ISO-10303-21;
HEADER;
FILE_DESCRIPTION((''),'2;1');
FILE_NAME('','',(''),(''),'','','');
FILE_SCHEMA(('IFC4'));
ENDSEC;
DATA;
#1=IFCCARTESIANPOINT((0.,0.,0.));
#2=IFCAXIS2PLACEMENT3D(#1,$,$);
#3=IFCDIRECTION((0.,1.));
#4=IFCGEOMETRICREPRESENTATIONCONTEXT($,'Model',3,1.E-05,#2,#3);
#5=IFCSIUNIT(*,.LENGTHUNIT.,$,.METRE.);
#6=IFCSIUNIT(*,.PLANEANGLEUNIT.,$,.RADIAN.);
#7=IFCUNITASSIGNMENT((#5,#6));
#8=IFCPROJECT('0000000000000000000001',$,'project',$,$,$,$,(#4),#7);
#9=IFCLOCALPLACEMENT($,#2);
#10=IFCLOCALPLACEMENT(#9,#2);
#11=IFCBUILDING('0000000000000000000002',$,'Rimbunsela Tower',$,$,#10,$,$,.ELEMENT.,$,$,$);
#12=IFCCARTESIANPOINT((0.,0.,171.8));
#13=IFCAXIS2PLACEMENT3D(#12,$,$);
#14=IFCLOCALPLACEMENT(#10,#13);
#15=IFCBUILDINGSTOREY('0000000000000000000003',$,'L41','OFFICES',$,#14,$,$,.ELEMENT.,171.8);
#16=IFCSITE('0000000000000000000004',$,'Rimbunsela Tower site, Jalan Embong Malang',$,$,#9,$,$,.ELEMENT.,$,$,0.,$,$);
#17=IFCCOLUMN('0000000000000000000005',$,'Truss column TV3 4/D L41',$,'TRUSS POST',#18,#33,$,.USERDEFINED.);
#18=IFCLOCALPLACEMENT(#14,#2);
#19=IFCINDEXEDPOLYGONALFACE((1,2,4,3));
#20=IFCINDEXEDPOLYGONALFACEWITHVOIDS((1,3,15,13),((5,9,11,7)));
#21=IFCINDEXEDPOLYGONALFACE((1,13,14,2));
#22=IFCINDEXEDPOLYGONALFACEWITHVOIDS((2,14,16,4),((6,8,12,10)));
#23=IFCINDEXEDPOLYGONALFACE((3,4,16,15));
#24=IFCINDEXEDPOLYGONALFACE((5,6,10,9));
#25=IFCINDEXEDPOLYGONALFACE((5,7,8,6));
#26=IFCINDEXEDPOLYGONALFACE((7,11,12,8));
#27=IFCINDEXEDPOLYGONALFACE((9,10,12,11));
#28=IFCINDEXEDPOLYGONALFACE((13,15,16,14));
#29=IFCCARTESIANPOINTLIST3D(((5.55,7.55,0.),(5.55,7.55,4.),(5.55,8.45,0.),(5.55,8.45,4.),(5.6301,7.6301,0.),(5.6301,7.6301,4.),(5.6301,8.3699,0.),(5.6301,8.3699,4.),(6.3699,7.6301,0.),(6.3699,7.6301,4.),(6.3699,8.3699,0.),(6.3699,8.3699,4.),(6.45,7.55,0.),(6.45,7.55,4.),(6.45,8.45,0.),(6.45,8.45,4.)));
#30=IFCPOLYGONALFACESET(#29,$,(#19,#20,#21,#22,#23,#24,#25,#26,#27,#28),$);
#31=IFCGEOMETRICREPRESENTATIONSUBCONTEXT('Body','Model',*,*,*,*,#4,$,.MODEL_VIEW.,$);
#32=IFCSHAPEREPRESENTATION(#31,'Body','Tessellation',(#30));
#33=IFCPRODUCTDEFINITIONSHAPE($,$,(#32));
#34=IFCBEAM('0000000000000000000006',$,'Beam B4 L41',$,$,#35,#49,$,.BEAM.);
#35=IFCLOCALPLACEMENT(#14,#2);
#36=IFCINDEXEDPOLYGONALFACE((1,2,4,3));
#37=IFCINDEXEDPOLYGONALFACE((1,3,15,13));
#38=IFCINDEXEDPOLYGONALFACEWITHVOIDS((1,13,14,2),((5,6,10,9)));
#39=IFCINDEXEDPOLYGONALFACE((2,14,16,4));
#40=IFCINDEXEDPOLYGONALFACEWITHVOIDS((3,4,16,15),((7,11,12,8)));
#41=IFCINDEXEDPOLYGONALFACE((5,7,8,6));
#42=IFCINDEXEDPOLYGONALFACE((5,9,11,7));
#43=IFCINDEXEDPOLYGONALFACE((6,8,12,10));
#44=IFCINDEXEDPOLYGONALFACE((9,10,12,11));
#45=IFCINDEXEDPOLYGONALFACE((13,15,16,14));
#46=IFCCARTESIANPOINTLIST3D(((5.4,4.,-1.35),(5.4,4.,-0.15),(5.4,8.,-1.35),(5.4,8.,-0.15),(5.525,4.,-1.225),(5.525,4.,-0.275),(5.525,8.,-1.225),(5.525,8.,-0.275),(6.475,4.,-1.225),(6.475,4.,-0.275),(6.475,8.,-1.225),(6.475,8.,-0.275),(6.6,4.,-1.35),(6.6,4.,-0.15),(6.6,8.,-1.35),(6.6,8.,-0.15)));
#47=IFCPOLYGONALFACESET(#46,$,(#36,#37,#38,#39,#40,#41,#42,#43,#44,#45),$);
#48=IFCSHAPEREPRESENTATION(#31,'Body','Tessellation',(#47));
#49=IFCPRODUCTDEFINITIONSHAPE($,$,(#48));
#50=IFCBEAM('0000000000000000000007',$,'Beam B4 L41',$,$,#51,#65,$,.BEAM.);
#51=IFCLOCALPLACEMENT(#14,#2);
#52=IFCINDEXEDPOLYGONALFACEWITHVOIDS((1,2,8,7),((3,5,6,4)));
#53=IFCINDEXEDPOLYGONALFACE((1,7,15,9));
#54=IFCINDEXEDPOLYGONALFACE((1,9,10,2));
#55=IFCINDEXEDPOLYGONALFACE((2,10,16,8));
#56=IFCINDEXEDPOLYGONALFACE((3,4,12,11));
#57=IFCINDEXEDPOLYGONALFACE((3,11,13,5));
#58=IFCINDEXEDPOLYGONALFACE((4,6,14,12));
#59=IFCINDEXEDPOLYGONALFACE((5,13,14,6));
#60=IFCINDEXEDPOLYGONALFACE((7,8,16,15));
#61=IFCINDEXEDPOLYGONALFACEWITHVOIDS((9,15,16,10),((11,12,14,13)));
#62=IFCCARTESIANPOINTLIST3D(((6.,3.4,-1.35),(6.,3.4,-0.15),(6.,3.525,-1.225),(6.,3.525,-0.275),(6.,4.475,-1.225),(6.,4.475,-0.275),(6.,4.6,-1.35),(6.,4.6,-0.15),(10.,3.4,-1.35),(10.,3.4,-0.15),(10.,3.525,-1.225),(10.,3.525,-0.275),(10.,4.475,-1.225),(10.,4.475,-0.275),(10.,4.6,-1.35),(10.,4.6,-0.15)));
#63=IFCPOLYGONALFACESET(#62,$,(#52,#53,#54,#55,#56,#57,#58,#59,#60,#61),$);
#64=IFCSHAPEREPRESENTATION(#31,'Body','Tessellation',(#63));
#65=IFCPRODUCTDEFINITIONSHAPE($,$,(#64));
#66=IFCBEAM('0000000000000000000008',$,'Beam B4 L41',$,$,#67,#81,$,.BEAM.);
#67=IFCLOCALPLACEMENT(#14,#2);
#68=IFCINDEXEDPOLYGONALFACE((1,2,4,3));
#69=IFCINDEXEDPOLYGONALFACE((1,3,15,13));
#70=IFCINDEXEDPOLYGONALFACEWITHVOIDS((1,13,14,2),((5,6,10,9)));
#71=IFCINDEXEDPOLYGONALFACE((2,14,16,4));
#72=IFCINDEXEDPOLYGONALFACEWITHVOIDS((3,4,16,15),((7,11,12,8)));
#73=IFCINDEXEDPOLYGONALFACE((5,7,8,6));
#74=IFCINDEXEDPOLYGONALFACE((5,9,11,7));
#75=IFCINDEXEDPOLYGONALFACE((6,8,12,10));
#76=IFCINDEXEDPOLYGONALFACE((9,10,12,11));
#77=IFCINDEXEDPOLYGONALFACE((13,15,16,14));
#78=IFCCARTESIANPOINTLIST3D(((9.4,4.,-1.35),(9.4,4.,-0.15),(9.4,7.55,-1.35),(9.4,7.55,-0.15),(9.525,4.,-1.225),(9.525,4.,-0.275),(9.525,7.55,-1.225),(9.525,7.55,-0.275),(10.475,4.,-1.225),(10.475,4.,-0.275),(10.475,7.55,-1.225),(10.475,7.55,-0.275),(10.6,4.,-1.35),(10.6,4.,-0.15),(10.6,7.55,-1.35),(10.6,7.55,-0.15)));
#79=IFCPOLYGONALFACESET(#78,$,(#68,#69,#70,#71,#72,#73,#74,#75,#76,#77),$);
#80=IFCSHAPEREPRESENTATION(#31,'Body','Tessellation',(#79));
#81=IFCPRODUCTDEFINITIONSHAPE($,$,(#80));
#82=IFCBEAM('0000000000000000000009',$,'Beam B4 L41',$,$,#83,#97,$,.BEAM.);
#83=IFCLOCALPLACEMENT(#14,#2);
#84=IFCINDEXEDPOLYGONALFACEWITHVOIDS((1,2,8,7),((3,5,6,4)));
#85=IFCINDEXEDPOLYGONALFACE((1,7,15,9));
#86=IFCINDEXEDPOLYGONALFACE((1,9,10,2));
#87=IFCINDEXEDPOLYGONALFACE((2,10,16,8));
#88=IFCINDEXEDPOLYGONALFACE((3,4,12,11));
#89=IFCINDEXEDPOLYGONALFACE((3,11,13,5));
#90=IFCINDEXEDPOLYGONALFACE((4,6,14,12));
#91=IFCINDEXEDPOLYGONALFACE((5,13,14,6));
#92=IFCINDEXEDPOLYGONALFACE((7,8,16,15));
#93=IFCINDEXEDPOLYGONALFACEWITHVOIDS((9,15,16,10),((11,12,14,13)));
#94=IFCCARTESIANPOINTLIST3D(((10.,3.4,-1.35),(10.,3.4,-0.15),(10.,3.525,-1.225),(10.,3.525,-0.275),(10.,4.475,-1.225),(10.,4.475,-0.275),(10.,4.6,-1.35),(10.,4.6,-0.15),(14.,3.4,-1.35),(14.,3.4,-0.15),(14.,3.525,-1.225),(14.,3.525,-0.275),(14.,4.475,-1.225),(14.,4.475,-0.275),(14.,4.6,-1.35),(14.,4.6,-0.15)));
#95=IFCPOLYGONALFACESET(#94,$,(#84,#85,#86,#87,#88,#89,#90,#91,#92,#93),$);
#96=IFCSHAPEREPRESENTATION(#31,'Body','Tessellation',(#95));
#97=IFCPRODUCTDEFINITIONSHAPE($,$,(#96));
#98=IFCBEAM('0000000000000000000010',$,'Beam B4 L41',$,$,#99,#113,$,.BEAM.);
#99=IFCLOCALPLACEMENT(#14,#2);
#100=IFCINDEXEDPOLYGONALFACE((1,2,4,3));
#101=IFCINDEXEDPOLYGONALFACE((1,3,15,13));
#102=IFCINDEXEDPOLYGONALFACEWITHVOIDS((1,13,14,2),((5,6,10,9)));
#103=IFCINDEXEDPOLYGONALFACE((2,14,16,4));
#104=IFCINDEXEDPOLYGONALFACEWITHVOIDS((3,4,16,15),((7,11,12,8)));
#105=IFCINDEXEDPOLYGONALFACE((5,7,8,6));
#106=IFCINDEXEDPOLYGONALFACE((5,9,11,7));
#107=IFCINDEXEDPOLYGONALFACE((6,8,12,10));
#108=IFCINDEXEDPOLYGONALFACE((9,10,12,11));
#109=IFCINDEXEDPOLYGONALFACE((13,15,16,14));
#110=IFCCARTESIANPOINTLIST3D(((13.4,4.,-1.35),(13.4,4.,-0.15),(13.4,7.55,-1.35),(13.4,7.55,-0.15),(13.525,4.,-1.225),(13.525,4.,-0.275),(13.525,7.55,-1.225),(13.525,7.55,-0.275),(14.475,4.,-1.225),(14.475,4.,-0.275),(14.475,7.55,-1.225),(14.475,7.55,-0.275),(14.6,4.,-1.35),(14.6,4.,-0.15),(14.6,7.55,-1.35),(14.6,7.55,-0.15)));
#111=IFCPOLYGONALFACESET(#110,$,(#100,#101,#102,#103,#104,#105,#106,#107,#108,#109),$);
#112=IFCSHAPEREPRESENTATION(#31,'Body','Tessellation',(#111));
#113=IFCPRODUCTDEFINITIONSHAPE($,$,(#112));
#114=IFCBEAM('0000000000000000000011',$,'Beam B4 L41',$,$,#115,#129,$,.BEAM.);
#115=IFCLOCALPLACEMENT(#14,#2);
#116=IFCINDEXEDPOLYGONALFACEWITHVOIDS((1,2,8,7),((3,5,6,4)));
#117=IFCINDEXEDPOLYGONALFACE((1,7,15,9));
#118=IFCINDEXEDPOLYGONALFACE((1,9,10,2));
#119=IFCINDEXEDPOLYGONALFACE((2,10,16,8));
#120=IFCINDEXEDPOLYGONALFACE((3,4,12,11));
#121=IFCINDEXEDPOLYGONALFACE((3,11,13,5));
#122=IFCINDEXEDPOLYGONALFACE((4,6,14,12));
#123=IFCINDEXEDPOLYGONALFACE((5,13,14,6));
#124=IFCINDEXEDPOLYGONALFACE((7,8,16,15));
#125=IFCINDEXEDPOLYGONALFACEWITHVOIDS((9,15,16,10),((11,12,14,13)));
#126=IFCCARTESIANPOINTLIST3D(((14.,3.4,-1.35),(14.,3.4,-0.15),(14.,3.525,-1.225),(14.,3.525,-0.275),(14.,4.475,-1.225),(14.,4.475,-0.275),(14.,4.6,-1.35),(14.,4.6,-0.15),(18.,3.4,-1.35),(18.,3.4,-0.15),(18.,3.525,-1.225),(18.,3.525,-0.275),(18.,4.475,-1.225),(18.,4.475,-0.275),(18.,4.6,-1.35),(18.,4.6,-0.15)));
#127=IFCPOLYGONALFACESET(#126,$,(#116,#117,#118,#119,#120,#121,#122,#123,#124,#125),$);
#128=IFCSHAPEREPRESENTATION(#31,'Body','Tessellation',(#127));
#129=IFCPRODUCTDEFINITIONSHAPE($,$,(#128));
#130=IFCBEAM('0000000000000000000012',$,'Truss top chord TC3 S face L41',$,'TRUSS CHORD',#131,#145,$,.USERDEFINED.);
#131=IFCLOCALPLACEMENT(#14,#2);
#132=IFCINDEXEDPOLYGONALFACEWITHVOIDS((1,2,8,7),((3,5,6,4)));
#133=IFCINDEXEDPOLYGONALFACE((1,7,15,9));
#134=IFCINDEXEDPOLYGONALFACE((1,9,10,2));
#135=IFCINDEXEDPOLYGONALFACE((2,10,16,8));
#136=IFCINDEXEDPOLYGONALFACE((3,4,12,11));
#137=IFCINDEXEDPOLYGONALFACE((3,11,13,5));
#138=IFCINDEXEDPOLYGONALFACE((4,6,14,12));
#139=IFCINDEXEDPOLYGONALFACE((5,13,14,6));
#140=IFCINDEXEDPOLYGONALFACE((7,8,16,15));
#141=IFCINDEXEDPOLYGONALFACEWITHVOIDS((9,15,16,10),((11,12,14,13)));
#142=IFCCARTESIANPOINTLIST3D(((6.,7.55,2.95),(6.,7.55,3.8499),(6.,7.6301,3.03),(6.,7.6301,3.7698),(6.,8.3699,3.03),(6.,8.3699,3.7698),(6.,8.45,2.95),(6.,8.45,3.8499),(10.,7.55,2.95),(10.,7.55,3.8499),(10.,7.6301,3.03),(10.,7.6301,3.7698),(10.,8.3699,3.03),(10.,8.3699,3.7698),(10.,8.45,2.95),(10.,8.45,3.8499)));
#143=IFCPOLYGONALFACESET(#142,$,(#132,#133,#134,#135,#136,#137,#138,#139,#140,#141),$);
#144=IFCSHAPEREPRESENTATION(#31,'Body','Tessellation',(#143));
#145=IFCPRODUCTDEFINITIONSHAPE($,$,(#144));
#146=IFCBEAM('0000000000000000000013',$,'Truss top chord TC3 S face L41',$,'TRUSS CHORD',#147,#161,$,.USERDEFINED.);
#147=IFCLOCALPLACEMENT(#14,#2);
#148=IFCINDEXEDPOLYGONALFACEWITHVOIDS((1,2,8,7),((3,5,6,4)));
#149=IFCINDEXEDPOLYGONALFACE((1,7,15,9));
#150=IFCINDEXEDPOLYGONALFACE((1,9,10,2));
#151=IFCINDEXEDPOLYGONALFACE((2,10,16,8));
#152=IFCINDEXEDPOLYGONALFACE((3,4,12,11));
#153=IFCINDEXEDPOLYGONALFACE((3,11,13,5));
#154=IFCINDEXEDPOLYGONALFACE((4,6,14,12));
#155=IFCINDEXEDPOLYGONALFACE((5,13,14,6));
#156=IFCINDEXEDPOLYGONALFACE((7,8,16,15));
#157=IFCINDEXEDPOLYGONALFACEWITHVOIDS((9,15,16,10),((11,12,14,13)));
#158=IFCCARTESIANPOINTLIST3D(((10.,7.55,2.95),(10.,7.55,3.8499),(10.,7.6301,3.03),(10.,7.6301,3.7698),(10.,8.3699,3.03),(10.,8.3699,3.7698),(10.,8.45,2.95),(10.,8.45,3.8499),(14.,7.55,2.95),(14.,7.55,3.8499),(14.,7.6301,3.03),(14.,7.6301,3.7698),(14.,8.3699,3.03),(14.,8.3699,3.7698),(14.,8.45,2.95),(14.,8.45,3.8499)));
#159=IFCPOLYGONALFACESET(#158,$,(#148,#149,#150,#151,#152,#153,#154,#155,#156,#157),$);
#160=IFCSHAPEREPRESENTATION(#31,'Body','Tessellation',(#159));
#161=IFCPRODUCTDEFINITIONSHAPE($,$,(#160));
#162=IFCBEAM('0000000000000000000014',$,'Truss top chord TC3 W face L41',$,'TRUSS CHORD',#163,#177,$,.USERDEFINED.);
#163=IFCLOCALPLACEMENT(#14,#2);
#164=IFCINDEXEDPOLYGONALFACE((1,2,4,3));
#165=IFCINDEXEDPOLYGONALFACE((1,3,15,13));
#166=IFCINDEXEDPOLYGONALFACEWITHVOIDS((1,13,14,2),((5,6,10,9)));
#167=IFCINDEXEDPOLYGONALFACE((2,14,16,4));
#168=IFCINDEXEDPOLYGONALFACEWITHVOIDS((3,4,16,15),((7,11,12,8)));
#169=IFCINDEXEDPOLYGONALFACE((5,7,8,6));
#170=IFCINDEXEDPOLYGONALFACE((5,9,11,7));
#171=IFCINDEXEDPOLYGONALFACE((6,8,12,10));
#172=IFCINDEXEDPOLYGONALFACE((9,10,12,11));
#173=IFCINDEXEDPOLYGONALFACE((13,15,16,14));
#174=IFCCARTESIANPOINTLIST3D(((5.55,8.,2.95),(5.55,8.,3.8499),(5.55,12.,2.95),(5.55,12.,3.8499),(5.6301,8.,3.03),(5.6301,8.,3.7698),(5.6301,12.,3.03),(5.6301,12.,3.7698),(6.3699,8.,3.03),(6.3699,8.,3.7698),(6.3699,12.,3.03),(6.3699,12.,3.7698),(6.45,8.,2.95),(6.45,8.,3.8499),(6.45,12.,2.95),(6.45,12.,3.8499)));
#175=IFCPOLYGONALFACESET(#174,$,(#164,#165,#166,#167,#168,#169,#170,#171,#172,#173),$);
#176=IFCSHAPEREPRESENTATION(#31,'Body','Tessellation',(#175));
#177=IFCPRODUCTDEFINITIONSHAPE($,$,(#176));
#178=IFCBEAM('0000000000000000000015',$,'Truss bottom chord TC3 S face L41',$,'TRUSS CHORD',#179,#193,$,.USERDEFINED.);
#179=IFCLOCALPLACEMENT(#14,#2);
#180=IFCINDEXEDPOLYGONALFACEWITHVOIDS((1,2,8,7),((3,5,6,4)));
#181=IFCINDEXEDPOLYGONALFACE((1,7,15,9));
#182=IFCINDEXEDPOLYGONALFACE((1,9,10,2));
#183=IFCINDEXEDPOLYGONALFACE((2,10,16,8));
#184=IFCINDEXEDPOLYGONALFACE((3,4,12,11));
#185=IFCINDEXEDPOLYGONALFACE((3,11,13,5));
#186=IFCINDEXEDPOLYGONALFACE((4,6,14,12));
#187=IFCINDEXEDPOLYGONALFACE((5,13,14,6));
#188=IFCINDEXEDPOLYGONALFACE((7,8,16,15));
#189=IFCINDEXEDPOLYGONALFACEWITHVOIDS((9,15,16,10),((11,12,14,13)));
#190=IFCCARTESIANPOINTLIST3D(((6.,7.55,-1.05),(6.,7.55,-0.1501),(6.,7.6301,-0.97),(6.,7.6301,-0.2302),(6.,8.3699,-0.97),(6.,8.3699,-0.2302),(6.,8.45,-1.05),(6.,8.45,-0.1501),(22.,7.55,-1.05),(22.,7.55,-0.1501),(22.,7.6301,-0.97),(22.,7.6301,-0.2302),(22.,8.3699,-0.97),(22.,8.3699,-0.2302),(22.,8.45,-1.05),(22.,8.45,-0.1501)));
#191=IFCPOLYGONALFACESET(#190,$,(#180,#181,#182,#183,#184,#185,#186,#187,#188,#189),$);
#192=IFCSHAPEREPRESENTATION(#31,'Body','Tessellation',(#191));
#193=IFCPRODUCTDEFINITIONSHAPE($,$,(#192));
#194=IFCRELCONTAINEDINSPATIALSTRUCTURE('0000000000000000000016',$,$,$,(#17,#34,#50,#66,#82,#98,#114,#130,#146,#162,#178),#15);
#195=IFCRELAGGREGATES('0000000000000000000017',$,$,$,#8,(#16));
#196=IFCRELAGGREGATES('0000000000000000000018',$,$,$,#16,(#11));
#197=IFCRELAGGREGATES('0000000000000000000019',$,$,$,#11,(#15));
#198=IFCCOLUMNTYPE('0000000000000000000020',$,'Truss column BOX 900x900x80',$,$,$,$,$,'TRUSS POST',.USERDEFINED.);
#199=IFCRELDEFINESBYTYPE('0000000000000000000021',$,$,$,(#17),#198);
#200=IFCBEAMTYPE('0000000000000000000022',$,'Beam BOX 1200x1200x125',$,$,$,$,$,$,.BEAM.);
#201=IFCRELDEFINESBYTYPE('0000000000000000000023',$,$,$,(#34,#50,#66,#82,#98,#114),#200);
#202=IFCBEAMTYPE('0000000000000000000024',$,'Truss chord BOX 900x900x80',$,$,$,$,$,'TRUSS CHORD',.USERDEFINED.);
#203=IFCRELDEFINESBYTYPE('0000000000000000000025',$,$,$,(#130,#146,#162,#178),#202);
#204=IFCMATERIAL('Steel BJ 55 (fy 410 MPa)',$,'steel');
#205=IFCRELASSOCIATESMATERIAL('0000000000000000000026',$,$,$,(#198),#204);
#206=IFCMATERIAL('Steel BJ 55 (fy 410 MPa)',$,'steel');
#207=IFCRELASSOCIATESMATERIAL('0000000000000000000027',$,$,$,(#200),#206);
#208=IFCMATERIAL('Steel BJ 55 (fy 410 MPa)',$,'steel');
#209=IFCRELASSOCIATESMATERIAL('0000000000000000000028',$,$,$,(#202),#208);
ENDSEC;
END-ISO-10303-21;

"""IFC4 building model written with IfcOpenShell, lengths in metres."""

from ifc_helpers import new_model, si_unit, direction, frame, origin, origin_2d, place, context, subcontext, project, spatial, hollow_rectangle, extrude, material, material_profile, profile_set, type_object, element, save


model = new_model("IFC4")

# Units and contexts
model_context = context("Model", 3, precision=1e-05, world=origin(), true_north=direction((0.0, 1.0)))
body_context = subcontext(model_context, "Body", "Model", "MODEL_VIEW")
ifc_project = project(units=[si_unit("LENGTHUNIT", "METRE"), si_unit("PLANEANGLEUNIT", "RADIAN")], contexts=[model_context])

# Site, building, storey
site_placement = place(None, origin())
site = spatial("IfcSite", under=ifc_project, at=site_placement, Name="Rimbunsela Tower site, Jalan Embong Malang", CompositionType="ELEMENT", RefElevation=0.0)
building_placement = place(site_placement, origin())
building = spatial("IfcBuilding", under=site, at=building_placement, Name="Rimbunsela Tower", CompositionType="ELEMENT")
storey_placement = place(building_placement, frame((0.0, 0.0, 171.8)))
storey = spatial("IfcBuildingStorey", under=building, at=storey_placement, Name="L41", Description="OFFICES", CompositionType="ELEMENT", Elevation=171.8)

# Column
ifc_material_1 = material(Name="Steel BJ 55 (fy 410 MPa)", Category="steel")
ifc_material_profile_1 = material_profile(ifc_material_1, hollow_rectangle(XDim=0.8999, YDim=0.8999, WallThickness=0.0801, at=origin_2d()), Name="BOX 900x900x80")
ifc_profile_set_1 = profile_set([ifc_material_profile_1], Name="Steel BJ 55 (fy 410 MPa)")
column_type = type_object("IfcColumnType", Name="Truss column BOX 900x900x80", ElementType="TRUSS POST", PredefinedType="USERDEFINED", material=ifc_profile_set_1)
column_placement = place(storey_placement, frame((6.0, 8.0, 0.0), z_axis=(0.0, 0.0, 1.0), x_axis=(1.0, 0.0, 0.0)))
element("IfcColumn", 1, at=column_placement, inside=storey, type_object=column_type, Name="Truss column TV3 4/D L41", ObjectType="TRUSS POST", PredefinedType="USERDEFINED", context=body_context, shape_type="SweptSolid", body=[
    extrude(hollow_rectangle(XDim=0.8999, YDim=0.8999, WallThickness=0.0801, at=origin_2d()), origin(), (0.0, 0.0, 1.0), 4.0),
])

# Beams
ifc_material_2 = material(Name="Steel BJ 55 (fy 410 MPa)", Category="steel")
ifc_material_profile_2 = material_profile(ifc_material_2, hollow_rectangle(XDim=1.2, YDim=1.2, WallThickness=0.125, at=origin_2d()), Name="BOX 1200x1200x125")
ifc_profile_set_2 = profile_set([ifc_material_profile_2], Name="Steel BJ 55 (fy 410 MPa)")
beam_type_1 = type_object("IfcBeamType", Name="Beam BOX 1200x1200x125", PredefinedType="BEAM", material=ifc_profile_set_2)
for number, where, z_axis, x_axis, name in (
    (2, (6.0, 4.0, -0.75), (0.0, 1.0, 0.0), (-1.0, 0.0, 0.0), "Beam B4 L41"),
    (3, (6.0, 4.0, -0.75), (1.0, 0.0, 0.0), (0.0, 1.0, 0.0), "Beam B4 L41"),
):
    element("IfcBeam", number, at=place(storey_placement, frame(where, z_axis=z_axis, x_axis=x_axis)), inside=storey, type_object=beam_type_1, Name=name, PredefinedType="BEAM", context=body_context, shape_type="SweptSolid", body=[
        extrude(hollow_rectangle(XDim=1.2, YDim=1.2, WallThickness=0.125, at=origin_2d()), origin(), (0.0, 0.0, 1.0), 4.0),
    ])
beam_1_placement = place(storey_placement, frame((10.0, 4.0, -0.75), z_axis=(0.0, 1.0, 0.0), x_axis=(-1.0, 0.0, 0.0)))
element("IfcBeam", 4, at=beam_1_placement, inside=storey, type_object=beam_type_1, Name="Beam B4 L41", PredefinedType="BEAM", context=body_context, shape_type="SweptSolid", body=[
    extrude(hollow_rectangle(XDim=1.2, YDim=1.2, WallThickness=0.125, at=origin_2d()), origin(), (0.0, 0.0, 1.0), 3.55),
])
beam_2_placement = place(storey_placement, frame((10.0, 4.0, -0.75), z_axis=(1.0, 0.0, 0.0), x_axis=(0.0, 1.0, 0.0)))
element("IfcBeam", 5, at=beam_2_placement, inside=storey, type_object=beam_type_1, Name="Beam B4 L41", PredefinedType="BEAM", context=body_context, shape_type="SweptSolid", body=[
    extrude(hollow_rectangle(XDim=1.2, YDim=1.2, WallThickness=0.125, at=origin_2d()), origin(), (0.0, 0.0, 1.0), 4.0),
])
beam_3_placement = place(storey_placement, frame((14.0, 4.0, -0.75), z_axis=(0.0, 1.0, 0.0), x_axis=(-1.0, 0.0, 0.0)))
element("IfcBeam", 6, at=beam_3_placement, inside=storey, type_object=beam_type_1, Name="Beam B4 L41", PredefinedType="BEAM", context=body_context, shape_type="SweptSolid", body=[
    extrude(hollow_rectangle(XDim=1.2, YDim=1.2, WallThickness=0.125, at=origin_2d()), origin(), (0.0, 0.0, 1.0), 3.55),
])
beam_4_placement = place(storey_placement, frame((14.0, 4.0, -0.75), z_axis=(1.0, 0.0, 0.0), x_axis=(0.0, 1.0, 0.0)))
element("IfcBeam", 7, at=beam_4_placement, inside=storey, type_object=beam_type_1, Name="Beam B4 L41", PredefinedType="BEAM", context=body_context, shape_type="SweptSolid", body=[
    extrude(hollow_rectangle(XDim=1.2, YDim=1.2, WallThickness=0.125, at=origin_2d()), origin(), (0.0, 0.0, 1.0), 4.0),
])
ifc_material_3 = material(Name="Steel BJ 55 (fy 410 MPa)", Category="steel")
ifc_material_profile_3 = material_profile(ifc_material_3, hollow_rectangle(XDim=0.8999, YDim=0.8999, WallThickness=0.0801, at=origin_2d()), Name="BOX 900x900x80")
ifc_profile_set_3 = profile_set([ifc_material_profile_3], Name="Steel BJ 55 (fy 410 MPa)")
beam_type_2 = type_object("IfcBeamType", Name="Truss chord BOX 900x900x80", ElementType="TRUSS CHORD", PredefinedType="USERDEFINED", material=ifc_profile_set_3)
for number, where, z_axis, x_axis, name in (
    (8, (6.0, 8.0, 3.3999), (1.0, 0.0, 0.0), (0.0, 1.0, 0.0), "Truss top chord TC3 S face L41"),
    (9, (10.0, 8.0, 3.3999), (1.0, 0.0, 0.0), (0.0, 1.0, 0.0), "Truss top chord TC3 S face L41"),
    (10, (6.0, 8.0, 3.3999), (0.0, 1.0, 0.0), (-1.0, 0.0, 0.0), "Truss top chord TC3 W face L41"),
):
    element("IfcBeam", number, at=place(storey_placement, frame(where, z_axis=z_axis, x_axis=x_axis)), inside=storey, type_object=beam_type_2, Name=name, ObjectType="TRUSS CHORD", PredefinedType="USERDEFINED", context=body_context, shape_type="SweptSolid", body=[
        extrude(hollow_rectangle(XDim=0.8999, YDim=0.8999, WallThickness=0.0801, at=origin_2d()), origin(), (0.0, 0.0, 1.0), 4.0),
    ])
beam_5_placement = place(storey_placement, frame((6.0, 8.0, -0.6001), z_axis=(1.0, 0.0, 0.0), x_axis=(0.0, 1.0, 0.0)))
element("IfcBeam", 11, at=beam_5_placement, inside=storey, type_object=beam_type_2, Name="Truss bottom chord TC3 S face L41", ObjectType="TRUSS CHORD", PredefinedType="USERDEFINED", context=body_context, shape_type="SweptSolid", body=[
    extrude(hollow_rectangle(XDim=0.8999, YDim=0.8999, WallThickness=0.0801, at=origin_2d()), origin(), (0.0, 0.0, 1.0), 16.0),
])

save(model, "model.ifc")
